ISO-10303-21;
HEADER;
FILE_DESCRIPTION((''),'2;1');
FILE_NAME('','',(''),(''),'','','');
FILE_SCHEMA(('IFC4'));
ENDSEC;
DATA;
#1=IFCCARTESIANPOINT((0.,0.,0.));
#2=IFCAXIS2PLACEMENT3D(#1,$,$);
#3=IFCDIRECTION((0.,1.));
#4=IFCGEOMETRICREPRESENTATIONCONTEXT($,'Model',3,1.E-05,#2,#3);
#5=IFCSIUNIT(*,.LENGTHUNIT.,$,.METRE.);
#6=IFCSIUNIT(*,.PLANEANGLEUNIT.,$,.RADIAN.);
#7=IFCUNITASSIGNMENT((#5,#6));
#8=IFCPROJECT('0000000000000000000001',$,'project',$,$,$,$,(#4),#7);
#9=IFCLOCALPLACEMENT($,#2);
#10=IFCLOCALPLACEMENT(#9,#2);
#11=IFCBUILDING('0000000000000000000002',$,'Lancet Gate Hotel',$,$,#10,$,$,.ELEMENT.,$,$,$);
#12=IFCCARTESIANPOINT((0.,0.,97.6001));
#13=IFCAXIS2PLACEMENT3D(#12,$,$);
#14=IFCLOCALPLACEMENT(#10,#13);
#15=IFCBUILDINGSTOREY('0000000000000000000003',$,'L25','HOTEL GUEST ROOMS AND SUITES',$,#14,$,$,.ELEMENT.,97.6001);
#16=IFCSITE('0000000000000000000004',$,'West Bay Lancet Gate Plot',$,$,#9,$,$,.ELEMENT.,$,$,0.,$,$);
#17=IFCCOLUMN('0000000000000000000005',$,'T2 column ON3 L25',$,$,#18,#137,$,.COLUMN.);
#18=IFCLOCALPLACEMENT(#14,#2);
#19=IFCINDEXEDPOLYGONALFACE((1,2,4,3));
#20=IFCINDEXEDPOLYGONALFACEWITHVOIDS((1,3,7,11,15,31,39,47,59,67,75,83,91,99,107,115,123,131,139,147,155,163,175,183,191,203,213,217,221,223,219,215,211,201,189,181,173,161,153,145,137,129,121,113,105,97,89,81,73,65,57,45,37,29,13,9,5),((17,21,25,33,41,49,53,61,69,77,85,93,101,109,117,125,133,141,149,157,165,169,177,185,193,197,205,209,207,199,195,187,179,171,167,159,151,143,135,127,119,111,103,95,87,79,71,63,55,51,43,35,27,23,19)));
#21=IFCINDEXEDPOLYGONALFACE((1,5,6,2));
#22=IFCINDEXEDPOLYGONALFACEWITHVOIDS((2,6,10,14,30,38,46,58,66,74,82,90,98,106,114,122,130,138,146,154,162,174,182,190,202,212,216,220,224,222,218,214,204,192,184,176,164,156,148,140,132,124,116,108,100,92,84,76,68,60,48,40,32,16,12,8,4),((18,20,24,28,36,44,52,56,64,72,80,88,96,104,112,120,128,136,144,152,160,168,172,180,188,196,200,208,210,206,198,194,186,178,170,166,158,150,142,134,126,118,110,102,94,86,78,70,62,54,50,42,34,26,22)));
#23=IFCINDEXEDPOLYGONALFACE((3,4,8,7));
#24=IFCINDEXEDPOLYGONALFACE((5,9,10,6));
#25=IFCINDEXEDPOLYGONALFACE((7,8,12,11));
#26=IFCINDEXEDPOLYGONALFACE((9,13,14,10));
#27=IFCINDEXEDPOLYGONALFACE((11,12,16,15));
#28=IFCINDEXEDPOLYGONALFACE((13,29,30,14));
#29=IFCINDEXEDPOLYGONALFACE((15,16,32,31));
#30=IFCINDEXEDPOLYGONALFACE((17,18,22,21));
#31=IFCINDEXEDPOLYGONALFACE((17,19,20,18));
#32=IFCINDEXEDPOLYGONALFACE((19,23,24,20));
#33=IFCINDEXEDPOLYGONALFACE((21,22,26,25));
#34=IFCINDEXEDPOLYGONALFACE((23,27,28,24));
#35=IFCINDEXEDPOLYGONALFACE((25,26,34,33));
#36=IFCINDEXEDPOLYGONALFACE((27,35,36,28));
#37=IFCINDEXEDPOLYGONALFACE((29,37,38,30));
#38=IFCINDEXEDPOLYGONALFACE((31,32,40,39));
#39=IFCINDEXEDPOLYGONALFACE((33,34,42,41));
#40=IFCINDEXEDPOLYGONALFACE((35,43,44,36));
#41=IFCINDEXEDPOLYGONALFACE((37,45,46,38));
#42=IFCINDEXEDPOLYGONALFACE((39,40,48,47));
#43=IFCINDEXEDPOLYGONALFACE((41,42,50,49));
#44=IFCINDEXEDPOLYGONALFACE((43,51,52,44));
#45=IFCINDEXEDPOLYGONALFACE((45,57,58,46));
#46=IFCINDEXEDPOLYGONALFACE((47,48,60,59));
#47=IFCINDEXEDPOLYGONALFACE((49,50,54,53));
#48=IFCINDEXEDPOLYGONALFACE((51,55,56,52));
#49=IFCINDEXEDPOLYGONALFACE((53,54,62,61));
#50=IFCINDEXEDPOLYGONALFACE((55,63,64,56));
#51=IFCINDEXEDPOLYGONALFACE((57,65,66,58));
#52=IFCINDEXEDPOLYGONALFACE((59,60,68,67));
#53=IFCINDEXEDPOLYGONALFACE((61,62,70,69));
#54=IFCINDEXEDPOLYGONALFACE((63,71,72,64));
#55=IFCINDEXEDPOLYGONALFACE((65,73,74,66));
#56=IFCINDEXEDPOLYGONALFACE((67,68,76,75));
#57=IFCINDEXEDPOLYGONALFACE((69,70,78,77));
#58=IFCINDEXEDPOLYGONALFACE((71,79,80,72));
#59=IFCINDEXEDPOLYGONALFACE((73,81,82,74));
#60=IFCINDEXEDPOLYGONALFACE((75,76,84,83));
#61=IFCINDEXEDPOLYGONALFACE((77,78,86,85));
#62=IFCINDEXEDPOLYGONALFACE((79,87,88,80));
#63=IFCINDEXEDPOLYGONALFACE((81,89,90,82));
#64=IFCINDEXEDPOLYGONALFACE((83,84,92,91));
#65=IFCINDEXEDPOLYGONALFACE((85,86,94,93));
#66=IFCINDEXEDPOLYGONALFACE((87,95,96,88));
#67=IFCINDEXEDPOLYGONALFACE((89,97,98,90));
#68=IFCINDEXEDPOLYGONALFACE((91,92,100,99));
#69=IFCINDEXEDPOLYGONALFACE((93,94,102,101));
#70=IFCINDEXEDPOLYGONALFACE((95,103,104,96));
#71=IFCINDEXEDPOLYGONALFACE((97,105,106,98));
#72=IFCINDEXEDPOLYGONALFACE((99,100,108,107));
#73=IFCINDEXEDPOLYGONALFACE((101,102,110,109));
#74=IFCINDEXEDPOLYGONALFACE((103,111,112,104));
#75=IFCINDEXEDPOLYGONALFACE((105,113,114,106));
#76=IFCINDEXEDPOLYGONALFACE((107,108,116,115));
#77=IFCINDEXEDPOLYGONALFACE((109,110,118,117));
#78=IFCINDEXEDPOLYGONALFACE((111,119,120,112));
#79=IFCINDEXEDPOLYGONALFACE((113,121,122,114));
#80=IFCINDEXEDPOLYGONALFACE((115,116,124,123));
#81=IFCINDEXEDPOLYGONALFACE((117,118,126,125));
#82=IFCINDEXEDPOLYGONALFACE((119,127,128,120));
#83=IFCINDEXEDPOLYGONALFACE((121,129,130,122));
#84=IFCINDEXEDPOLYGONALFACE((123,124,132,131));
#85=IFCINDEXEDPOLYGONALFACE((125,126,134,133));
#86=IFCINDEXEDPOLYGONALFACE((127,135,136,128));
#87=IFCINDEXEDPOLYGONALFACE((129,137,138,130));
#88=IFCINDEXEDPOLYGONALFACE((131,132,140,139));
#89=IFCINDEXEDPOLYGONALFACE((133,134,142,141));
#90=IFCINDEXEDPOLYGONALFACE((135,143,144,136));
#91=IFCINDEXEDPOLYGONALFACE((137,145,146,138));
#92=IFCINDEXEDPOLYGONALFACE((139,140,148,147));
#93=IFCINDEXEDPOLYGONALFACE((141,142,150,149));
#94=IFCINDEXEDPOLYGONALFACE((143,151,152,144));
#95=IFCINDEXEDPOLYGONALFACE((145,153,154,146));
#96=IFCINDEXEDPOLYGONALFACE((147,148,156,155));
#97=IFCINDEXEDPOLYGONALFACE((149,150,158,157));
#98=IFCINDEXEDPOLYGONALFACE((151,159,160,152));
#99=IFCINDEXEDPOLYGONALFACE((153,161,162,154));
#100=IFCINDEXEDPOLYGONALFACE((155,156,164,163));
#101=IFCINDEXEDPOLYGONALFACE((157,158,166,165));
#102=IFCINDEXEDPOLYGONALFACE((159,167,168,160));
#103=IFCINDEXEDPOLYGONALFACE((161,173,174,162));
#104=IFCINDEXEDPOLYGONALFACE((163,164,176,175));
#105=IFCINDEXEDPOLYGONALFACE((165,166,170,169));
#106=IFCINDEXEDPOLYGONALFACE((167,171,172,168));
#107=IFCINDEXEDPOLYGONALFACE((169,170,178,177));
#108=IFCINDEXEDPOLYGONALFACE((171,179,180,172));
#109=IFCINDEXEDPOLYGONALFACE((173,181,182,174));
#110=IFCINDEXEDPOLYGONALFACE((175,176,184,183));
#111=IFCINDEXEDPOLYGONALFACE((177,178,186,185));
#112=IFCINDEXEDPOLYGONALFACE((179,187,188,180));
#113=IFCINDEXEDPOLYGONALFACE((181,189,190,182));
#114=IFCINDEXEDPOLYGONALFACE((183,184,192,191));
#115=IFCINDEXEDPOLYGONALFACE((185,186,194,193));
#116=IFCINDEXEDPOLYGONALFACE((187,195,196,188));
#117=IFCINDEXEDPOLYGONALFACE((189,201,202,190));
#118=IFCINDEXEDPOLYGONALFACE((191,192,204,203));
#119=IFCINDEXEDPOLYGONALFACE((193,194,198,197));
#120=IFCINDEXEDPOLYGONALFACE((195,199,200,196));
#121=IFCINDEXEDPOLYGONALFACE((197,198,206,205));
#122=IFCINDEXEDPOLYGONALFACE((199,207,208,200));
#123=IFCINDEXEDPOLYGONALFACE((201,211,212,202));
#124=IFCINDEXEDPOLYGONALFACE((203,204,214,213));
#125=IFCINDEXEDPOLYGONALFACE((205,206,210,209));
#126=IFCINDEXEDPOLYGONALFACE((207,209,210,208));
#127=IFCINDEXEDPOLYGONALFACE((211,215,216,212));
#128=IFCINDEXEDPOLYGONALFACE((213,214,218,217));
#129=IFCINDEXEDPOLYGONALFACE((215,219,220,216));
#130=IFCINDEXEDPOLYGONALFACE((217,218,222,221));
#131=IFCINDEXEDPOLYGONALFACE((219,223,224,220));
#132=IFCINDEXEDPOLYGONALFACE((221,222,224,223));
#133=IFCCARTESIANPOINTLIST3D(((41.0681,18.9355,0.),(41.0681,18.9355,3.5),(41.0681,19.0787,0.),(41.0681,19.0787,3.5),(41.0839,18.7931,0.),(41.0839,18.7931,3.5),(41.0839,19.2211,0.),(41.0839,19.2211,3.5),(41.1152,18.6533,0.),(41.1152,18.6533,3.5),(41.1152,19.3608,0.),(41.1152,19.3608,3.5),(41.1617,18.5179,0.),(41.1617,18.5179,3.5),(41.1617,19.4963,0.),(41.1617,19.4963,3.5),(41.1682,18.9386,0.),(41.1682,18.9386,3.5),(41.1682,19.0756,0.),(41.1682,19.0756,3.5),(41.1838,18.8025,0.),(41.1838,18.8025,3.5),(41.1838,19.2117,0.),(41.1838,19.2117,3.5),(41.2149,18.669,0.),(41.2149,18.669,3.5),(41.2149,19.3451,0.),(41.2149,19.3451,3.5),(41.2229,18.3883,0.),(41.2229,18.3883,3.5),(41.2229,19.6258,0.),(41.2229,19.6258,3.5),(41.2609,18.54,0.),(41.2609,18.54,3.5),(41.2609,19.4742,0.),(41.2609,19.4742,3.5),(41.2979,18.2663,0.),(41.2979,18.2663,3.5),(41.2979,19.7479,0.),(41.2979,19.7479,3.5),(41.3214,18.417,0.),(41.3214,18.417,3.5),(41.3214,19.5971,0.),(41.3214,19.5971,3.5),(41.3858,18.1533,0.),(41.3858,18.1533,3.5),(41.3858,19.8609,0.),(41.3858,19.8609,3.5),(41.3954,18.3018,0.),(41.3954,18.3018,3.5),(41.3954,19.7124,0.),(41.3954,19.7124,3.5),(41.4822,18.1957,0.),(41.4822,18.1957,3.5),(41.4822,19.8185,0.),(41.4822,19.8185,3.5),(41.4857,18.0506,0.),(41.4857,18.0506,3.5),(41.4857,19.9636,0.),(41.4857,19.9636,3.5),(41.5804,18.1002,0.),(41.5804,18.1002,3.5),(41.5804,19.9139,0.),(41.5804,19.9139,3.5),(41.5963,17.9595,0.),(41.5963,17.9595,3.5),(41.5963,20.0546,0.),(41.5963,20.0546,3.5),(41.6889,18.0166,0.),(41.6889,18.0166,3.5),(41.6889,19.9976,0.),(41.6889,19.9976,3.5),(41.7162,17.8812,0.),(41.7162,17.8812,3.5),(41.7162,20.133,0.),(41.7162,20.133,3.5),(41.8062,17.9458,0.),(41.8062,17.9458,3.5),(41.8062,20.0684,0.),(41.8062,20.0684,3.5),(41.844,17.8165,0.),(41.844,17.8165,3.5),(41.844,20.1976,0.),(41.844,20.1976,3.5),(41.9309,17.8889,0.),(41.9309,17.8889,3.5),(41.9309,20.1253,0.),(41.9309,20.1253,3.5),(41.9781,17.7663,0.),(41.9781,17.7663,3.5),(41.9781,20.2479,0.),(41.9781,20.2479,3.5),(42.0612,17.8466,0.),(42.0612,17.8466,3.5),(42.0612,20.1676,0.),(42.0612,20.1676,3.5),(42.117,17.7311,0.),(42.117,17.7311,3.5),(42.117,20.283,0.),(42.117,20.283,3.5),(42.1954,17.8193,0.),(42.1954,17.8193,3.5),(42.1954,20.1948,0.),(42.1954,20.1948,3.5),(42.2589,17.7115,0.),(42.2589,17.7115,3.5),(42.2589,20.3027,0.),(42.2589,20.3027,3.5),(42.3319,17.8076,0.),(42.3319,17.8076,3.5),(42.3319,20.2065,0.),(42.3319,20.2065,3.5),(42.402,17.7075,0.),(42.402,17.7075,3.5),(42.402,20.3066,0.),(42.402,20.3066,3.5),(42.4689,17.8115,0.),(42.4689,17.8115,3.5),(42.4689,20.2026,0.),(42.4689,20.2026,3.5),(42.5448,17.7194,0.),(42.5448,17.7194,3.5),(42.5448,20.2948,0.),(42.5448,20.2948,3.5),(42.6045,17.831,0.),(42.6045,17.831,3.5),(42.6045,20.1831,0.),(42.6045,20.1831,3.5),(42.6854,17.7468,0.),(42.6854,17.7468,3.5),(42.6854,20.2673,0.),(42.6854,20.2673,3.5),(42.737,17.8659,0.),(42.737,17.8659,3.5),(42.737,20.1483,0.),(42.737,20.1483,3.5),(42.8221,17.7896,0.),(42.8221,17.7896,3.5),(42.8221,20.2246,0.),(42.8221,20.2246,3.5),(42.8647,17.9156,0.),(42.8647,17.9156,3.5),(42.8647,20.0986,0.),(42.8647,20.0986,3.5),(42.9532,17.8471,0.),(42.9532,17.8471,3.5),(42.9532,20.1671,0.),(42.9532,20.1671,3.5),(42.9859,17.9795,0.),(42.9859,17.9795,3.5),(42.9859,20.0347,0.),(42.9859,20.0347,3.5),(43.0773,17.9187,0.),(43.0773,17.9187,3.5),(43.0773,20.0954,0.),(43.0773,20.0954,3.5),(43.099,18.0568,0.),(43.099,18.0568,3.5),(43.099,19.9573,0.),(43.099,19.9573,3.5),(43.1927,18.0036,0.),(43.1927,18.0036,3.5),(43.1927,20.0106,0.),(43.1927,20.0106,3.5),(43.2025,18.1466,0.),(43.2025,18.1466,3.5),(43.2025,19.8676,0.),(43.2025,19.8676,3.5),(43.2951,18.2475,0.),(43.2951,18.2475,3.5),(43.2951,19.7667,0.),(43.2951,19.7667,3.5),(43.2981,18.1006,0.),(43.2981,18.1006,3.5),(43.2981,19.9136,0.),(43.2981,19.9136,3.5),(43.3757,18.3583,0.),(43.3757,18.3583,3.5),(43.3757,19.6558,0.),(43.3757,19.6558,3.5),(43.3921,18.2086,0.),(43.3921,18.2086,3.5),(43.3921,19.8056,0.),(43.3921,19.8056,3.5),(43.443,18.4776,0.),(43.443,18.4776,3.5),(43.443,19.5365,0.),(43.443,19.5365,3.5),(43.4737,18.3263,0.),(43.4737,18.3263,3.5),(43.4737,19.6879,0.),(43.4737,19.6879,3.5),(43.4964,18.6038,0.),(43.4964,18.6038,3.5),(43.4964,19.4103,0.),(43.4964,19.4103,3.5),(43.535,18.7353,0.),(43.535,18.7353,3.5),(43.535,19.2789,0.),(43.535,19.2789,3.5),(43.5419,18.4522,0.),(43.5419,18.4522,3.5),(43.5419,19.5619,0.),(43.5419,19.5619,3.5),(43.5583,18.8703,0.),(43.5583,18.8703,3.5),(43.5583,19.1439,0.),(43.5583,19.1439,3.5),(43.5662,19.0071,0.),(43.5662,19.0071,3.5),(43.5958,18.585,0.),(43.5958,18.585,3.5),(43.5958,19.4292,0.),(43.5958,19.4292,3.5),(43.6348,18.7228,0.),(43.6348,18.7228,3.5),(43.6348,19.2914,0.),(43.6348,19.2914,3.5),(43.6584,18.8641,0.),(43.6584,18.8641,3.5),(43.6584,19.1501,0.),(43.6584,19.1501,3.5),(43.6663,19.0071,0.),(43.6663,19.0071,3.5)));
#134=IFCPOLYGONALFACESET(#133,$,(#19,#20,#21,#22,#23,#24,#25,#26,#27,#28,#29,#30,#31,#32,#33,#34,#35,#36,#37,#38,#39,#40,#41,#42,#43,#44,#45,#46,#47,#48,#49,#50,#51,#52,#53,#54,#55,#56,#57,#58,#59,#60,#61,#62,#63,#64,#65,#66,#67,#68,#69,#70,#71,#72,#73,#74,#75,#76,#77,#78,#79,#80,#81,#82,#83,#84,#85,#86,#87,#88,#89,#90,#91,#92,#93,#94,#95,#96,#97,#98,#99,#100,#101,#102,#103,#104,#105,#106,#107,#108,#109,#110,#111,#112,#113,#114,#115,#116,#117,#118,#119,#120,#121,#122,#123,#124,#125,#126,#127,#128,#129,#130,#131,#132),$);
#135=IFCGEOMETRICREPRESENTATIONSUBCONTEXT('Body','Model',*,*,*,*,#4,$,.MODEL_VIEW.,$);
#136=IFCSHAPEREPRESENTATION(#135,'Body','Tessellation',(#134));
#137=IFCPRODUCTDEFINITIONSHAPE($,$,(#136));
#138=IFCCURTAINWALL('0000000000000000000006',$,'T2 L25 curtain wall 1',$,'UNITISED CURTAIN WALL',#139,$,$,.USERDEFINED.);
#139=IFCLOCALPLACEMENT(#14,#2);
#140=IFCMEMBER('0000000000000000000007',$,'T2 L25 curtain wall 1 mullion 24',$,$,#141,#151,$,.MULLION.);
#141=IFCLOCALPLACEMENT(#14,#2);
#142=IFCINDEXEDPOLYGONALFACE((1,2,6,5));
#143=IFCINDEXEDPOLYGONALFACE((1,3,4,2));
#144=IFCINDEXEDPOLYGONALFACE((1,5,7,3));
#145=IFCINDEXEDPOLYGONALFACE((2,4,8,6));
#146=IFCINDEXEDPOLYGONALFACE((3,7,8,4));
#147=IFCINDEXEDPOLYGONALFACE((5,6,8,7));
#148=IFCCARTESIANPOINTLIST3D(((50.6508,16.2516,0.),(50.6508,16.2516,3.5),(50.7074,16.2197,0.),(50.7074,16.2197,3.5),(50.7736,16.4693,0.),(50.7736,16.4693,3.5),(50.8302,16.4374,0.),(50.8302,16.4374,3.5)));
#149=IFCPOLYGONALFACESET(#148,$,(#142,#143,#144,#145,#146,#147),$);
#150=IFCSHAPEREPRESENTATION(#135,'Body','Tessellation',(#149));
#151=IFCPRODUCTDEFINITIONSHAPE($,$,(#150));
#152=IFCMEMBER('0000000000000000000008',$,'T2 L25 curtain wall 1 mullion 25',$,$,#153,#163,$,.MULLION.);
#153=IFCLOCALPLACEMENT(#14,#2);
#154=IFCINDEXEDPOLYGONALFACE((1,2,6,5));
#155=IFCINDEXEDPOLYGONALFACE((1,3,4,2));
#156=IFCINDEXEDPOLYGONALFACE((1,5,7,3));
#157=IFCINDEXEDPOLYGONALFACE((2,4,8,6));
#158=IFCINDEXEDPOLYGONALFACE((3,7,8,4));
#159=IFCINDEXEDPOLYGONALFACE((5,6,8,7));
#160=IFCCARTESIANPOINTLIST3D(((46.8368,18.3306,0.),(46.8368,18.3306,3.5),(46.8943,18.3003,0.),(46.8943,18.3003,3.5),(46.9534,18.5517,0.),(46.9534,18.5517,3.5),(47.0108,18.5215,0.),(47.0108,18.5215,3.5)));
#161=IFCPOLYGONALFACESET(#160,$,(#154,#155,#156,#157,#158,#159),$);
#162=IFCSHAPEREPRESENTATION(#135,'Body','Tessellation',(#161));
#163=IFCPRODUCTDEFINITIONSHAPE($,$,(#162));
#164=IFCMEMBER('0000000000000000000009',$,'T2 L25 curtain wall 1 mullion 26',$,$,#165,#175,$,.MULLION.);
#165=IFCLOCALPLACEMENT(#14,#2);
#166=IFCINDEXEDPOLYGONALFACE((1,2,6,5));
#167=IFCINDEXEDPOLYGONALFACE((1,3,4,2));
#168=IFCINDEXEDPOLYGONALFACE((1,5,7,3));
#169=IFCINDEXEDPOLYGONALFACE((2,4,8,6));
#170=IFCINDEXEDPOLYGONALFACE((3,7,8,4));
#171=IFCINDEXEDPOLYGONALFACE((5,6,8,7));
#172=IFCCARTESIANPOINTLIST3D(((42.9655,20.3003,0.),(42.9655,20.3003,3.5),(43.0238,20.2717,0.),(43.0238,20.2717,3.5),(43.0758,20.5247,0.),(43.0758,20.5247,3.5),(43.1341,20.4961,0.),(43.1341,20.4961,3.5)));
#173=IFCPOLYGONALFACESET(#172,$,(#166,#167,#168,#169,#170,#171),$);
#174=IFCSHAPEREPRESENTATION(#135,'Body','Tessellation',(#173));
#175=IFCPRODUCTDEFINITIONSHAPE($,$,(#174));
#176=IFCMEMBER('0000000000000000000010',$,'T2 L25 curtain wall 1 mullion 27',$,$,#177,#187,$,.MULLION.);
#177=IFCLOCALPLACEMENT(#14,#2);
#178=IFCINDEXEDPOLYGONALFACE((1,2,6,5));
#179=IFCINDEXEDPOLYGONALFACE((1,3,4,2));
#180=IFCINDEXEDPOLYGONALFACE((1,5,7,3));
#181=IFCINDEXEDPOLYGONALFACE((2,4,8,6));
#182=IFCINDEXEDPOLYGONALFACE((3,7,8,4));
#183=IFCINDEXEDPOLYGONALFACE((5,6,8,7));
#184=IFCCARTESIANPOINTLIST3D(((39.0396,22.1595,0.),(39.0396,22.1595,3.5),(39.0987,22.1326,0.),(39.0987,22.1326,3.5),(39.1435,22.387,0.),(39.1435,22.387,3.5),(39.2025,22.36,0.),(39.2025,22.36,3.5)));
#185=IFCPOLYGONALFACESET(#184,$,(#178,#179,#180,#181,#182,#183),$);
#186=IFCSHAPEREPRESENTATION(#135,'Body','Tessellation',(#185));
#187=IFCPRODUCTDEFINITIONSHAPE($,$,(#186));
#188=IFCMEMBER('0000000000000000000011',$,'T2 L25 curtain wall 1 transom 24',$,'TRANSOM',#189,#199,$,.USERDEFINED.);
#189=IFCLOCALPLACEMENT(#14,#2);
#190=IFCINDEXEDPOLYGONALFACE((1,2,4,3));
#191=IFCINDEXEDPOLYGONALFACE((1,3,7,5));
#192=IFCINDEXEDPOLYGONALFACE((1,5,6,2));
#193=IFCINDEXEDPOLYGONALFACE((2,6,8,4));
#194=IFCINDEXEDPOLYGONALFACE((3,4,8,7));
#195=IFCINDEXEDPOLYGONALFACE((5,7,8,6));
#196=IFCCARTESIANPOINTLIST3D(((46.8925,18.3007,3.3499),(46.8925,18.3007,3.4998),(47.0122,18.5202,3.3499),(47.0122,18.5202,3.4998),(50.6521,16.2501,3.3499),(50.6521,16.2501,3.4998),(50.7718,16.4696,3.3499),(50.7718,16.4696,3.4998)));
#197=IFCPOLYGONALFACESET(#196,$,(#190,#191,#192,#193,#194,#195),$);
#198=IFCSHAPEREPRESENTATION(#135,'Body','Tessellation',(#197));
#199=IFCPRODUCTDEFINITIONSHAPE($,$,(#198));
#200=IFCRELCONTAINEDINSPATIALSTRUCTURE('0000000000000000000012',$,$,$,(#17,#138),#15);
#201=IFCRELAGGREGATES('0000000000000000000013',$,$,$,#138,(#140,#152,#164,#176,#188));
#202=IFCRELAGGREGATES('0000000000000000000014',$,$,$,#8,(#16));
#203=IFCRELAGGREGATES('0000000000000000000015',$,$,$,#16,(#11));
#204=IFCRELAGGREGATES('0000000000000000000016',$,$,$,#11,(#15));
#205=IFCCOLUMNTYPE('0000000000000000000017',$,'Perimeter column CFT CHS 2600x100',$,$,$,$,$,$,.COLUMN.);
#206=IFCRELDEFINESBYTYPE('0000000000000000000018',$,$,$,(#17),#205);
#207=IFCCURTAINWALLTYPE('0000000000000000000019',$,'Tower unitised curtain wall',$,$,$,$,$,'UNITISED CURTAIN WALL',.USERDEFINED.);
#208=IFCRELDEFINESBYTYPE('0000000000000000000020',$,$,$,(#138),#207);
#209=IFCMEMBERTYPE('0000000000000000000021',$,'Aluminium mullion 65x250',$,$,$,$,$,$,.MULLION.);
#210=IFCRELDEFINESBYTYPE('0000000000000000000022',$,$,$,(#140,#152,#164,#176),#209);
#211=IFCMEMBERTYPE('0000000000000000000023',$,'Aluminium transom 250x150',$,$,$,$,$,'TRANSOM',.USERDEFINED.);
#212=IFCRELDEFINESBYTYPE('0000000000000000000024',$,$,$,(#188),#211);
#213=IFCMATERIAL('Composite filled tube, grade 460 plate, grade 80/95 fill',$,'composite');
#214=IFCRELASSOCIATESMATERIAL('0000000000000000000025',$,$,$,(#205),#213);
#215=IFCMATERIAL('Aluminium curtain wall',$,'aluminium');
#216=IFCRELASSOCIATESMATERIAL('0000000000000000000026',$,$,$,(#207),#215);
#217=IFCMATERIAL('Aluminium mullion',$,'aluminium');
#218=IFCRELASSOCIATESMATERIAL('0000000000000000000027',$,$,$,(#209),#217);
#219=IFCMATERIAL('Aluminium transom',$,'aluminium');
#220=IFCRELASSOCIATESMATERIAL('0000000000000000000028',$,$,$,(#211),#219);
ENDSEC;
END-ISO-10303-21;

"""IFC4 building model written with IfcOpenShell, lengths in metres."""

from ifc_helpers import new_model, si_unit, direction, frame, origin, origin_2d, place, context, subcontext, project, spatial, rectangle, hollow_circle, extrude, material, material_profile, profile_set, type_object, element, aggregate, save


model = new_model("IFC4")

# Units and contexts
model_context = context("Model", 3, precision=1e-05, world=origin(), true_north=direction((0.0, 1.0)))
body_context = subcontext(model_context, "Body", "Model", "MODEL_VIEW")
ifc_project = project(units=[si_unit("LENGTHUNIT", "METRE"), si_unit("PLANEANGLEUNIT", "RADIAN")], contexts=[model_context])

# Site, building, storey
site_placement = place(None, origin())
site = spatial("IfcSite", under=ifc_project, at=site_placement, Name="West Bay Lancet Gate Plot", CompositionType="ELEMENT", RefElevation=0.0)
building_placement = place(site_placement, origin())
building = spatial("IfcBuilding", under=site, at=building_placement, Name="Lancet Gate Hotel", CompositionType="ELEMENT")
storey_placement = place(building_placement, frame((0.0, 0.0, 97.6001)))
storey = spatial("IfcBuildingStorey", under=building, at=storey_placement, Name="L25", Description="HOTEL GUEST ROOMS AND SUITES", CompositionType="ELEMENT", Elevation=97.6001)

# Column
ifc_material_1 = material(Name="Composite filled tube, grade 460 plate, grade 80/95 fill", Category="composite")
ifc_material_profile_1 = material_profile(ifc_material_1, hollow_circle(Radius=1.3, WallThickness=0.1001, at=origin_2d()), Name="CHS 2600x100")
ifc_profile_set_1 = profile_set([ifc_material_profile_1], Name="Composite filled tube, grade 460 plate, grade 80/95 fill")
column_type = type_object("IfcColumnType", Name="Perimeter column CFT CHS 2600x100", PredefinedType="COLUMN", material=ifc_profile_set_1)
column_placement = place(storey_placement, frame((42.3662, 19.0071, 0.0), z_axis=(0.0, 0.0, 1.0), x_axis=(1.0, 0.0, 0.0)))
element("IfcColumn", 1, at=column_placement, inside=storey, type_object=column_type, Name="T2 column ON3 L25", PredefinedType="COLUMN", context=body_context, shape_type="SweptSolid", body=[
    extrude(hollow_circle(Radius=1.3, WallThickness=0.1001, at=origin_2d()), origin(), (0.0, 0.0, 1.0), 3.5),
])

# Curtain wall, members
ifc_material_2 = material(Name="Aluminium curtain wall", Category="aluminium")
curtain_wall_type = type_object("IfcCurtainWallType", Name="Tower unitised curtain wall", ElementType="UNITISED CURTAIN WALL", PredefinedType="USERDEFINED", material=ifc_material_2)
curtain_wall_placement = place(storey_placement, origin())
curtain_wall = element("IfcCurtainWall", 2, at=curtain_wall_placement, inside=storey, type_object=curtain_wall_type, Name="T2 L25 curtain wall 1", ObjectType="UNITISED CURTAIN WALL", PredefinedType="USERDEFINED")
ifc_material_3 = material(Name="Aluminium mullion", Category="aluminium")
ifc_material_profile_2 = material_profile(ifc_material_3, rectangle(XDim=0.0649, YDim=0.25, at=origin_2d()), Name="MULLION 65x250")
ifc_profile_set_2 = profile_set([ifc_material_profile_2], Name="Aluminium mullion")
member_type_1 = type_object("IfcMemberType", Name="Aluminium mullion 65x250", PredefinedType="MULLION", material=ifc_profile_set_2)
member_1_placement = place(storey_placement, frame((50.7405, 16.3445, 0.0), z_axis=(0.0, 0.0, 1.0), x_axis=(-0.871029, 0.491232, 0.0)))
member_1 = element("IfcMember", 3, at=member_1_placement, type_object=member_type_1, Name="T2 L25 curtain wall 1 mullion 24", PredefinedType="MULLION", context=body_context, shape_type="SweptSolid", body=[
    extrude(rectangle(XDim=0.0649, YDim=0.25, at=origin_2d()), origin(), (0.0, 0.0, 1.0), 3.5),
])
member_2_placement = place(storey_placement, frame((46.9238, 18.426, 0.0), z_axis=(0.0, 0.0, 1.0), x_axis=(-0.884627, 0.466299, 0.0)))
member_2 = element("IfcMember", 4, at=member_2_placement, type_object=member_type_1, Name="T2 L25 curtain wall 1 mullion 25", PredefinedType="MULLION", context=body_context, shape_type="SweptSolid", body=[
    extrude(rectangle(XDim=0.0649, YDim=0.25, at=origin_2d()), origin(), (0.0, 0.0, 1.0), 3.5),
])
member_3_placement = place(storey_placement, frame((43.0498, 20.3982, 0.0), z_axis=(0.0, 0.0, 1.0), x_axis=(-0.897512, 0.44099, 0.0)))
member_3 = element("IfcMember", 5, at=member_3_placement, type_object=member_type_1, Name="T2 L25 curtain wall 1 mullion 26", PredefinedType="MULLION", context=body_context, shape_type="SweptSolid", body=[
    extrude(rectangle(XDim=0.0649, YDim=0.25, at=origin_2d()), origin(), (0.0, 0.0, 1.0), 3.5),
])
member_4_placement = place(storey_placement, frame((39.1211, 22.2598, 0.0), z_axis=(0.0, 0.0, 1.0), x_axis=(-0.909673, 0.415326, 0.0)))
member_4 = element("IfcMember", 6, at=member_4_placement, type_object=member_type_1, Name="T2 L25 curtain wall 1 mullion 27", PredefinedType="MULLION", context=body_context, shape_type="SweptSolid", body=[
    extrude(rectangle(XDim=0.0649, YDim=0.25, at=origin_2d()), origin(), (0.0, 0.0, 1.0), 3.5),
])
ifc_material_4 = material(Name="Aluminium transom", Category="aluminium")
ifc_material_profile_3 = material_profile(ifc_material_4, rectangle(XDim=0.25, YDim=0.1499, at=origin_2d()), Name="TRANSOM 250x150")
ifc_profile_set_3 = profile_set([ifc_material_profile_3], Name="Aluminium transom")
member_type_2 = type_object("IfcMemberType", Name="Aluminium transom 250x150", ElementType="TRANSOM", PredefinedType="USERDEFINED", material=ifc_profile_set_3)
member_5_placement = place(storey_placement, frame((50.7119, 16.3599, 3.4248), z_axis=(-0.877906, 0.478832, 0.0), x_axis=(-0.478832, -0.877906, 0.0)))
member_5 = element("IfcMember", 7, at=member_5_placement, type_object=member_type_2, Name="T2 L25 curtain wall 1 transom 24", ObjectType="TRANSOM", PredefinedType="USERDEFINED", context=body_context, shape_type="SweptSolid", body=[
    extrude(rectangle(XDim=0.25, YDim=0.1499, at=origin_2d()), origin(), (0.0, 0.0, 1.0), 4.2825),
])

aggregate(curtain_wall, [member_1, member_2, member_3, member_4, member_5])

save(model, "model.ifc")
